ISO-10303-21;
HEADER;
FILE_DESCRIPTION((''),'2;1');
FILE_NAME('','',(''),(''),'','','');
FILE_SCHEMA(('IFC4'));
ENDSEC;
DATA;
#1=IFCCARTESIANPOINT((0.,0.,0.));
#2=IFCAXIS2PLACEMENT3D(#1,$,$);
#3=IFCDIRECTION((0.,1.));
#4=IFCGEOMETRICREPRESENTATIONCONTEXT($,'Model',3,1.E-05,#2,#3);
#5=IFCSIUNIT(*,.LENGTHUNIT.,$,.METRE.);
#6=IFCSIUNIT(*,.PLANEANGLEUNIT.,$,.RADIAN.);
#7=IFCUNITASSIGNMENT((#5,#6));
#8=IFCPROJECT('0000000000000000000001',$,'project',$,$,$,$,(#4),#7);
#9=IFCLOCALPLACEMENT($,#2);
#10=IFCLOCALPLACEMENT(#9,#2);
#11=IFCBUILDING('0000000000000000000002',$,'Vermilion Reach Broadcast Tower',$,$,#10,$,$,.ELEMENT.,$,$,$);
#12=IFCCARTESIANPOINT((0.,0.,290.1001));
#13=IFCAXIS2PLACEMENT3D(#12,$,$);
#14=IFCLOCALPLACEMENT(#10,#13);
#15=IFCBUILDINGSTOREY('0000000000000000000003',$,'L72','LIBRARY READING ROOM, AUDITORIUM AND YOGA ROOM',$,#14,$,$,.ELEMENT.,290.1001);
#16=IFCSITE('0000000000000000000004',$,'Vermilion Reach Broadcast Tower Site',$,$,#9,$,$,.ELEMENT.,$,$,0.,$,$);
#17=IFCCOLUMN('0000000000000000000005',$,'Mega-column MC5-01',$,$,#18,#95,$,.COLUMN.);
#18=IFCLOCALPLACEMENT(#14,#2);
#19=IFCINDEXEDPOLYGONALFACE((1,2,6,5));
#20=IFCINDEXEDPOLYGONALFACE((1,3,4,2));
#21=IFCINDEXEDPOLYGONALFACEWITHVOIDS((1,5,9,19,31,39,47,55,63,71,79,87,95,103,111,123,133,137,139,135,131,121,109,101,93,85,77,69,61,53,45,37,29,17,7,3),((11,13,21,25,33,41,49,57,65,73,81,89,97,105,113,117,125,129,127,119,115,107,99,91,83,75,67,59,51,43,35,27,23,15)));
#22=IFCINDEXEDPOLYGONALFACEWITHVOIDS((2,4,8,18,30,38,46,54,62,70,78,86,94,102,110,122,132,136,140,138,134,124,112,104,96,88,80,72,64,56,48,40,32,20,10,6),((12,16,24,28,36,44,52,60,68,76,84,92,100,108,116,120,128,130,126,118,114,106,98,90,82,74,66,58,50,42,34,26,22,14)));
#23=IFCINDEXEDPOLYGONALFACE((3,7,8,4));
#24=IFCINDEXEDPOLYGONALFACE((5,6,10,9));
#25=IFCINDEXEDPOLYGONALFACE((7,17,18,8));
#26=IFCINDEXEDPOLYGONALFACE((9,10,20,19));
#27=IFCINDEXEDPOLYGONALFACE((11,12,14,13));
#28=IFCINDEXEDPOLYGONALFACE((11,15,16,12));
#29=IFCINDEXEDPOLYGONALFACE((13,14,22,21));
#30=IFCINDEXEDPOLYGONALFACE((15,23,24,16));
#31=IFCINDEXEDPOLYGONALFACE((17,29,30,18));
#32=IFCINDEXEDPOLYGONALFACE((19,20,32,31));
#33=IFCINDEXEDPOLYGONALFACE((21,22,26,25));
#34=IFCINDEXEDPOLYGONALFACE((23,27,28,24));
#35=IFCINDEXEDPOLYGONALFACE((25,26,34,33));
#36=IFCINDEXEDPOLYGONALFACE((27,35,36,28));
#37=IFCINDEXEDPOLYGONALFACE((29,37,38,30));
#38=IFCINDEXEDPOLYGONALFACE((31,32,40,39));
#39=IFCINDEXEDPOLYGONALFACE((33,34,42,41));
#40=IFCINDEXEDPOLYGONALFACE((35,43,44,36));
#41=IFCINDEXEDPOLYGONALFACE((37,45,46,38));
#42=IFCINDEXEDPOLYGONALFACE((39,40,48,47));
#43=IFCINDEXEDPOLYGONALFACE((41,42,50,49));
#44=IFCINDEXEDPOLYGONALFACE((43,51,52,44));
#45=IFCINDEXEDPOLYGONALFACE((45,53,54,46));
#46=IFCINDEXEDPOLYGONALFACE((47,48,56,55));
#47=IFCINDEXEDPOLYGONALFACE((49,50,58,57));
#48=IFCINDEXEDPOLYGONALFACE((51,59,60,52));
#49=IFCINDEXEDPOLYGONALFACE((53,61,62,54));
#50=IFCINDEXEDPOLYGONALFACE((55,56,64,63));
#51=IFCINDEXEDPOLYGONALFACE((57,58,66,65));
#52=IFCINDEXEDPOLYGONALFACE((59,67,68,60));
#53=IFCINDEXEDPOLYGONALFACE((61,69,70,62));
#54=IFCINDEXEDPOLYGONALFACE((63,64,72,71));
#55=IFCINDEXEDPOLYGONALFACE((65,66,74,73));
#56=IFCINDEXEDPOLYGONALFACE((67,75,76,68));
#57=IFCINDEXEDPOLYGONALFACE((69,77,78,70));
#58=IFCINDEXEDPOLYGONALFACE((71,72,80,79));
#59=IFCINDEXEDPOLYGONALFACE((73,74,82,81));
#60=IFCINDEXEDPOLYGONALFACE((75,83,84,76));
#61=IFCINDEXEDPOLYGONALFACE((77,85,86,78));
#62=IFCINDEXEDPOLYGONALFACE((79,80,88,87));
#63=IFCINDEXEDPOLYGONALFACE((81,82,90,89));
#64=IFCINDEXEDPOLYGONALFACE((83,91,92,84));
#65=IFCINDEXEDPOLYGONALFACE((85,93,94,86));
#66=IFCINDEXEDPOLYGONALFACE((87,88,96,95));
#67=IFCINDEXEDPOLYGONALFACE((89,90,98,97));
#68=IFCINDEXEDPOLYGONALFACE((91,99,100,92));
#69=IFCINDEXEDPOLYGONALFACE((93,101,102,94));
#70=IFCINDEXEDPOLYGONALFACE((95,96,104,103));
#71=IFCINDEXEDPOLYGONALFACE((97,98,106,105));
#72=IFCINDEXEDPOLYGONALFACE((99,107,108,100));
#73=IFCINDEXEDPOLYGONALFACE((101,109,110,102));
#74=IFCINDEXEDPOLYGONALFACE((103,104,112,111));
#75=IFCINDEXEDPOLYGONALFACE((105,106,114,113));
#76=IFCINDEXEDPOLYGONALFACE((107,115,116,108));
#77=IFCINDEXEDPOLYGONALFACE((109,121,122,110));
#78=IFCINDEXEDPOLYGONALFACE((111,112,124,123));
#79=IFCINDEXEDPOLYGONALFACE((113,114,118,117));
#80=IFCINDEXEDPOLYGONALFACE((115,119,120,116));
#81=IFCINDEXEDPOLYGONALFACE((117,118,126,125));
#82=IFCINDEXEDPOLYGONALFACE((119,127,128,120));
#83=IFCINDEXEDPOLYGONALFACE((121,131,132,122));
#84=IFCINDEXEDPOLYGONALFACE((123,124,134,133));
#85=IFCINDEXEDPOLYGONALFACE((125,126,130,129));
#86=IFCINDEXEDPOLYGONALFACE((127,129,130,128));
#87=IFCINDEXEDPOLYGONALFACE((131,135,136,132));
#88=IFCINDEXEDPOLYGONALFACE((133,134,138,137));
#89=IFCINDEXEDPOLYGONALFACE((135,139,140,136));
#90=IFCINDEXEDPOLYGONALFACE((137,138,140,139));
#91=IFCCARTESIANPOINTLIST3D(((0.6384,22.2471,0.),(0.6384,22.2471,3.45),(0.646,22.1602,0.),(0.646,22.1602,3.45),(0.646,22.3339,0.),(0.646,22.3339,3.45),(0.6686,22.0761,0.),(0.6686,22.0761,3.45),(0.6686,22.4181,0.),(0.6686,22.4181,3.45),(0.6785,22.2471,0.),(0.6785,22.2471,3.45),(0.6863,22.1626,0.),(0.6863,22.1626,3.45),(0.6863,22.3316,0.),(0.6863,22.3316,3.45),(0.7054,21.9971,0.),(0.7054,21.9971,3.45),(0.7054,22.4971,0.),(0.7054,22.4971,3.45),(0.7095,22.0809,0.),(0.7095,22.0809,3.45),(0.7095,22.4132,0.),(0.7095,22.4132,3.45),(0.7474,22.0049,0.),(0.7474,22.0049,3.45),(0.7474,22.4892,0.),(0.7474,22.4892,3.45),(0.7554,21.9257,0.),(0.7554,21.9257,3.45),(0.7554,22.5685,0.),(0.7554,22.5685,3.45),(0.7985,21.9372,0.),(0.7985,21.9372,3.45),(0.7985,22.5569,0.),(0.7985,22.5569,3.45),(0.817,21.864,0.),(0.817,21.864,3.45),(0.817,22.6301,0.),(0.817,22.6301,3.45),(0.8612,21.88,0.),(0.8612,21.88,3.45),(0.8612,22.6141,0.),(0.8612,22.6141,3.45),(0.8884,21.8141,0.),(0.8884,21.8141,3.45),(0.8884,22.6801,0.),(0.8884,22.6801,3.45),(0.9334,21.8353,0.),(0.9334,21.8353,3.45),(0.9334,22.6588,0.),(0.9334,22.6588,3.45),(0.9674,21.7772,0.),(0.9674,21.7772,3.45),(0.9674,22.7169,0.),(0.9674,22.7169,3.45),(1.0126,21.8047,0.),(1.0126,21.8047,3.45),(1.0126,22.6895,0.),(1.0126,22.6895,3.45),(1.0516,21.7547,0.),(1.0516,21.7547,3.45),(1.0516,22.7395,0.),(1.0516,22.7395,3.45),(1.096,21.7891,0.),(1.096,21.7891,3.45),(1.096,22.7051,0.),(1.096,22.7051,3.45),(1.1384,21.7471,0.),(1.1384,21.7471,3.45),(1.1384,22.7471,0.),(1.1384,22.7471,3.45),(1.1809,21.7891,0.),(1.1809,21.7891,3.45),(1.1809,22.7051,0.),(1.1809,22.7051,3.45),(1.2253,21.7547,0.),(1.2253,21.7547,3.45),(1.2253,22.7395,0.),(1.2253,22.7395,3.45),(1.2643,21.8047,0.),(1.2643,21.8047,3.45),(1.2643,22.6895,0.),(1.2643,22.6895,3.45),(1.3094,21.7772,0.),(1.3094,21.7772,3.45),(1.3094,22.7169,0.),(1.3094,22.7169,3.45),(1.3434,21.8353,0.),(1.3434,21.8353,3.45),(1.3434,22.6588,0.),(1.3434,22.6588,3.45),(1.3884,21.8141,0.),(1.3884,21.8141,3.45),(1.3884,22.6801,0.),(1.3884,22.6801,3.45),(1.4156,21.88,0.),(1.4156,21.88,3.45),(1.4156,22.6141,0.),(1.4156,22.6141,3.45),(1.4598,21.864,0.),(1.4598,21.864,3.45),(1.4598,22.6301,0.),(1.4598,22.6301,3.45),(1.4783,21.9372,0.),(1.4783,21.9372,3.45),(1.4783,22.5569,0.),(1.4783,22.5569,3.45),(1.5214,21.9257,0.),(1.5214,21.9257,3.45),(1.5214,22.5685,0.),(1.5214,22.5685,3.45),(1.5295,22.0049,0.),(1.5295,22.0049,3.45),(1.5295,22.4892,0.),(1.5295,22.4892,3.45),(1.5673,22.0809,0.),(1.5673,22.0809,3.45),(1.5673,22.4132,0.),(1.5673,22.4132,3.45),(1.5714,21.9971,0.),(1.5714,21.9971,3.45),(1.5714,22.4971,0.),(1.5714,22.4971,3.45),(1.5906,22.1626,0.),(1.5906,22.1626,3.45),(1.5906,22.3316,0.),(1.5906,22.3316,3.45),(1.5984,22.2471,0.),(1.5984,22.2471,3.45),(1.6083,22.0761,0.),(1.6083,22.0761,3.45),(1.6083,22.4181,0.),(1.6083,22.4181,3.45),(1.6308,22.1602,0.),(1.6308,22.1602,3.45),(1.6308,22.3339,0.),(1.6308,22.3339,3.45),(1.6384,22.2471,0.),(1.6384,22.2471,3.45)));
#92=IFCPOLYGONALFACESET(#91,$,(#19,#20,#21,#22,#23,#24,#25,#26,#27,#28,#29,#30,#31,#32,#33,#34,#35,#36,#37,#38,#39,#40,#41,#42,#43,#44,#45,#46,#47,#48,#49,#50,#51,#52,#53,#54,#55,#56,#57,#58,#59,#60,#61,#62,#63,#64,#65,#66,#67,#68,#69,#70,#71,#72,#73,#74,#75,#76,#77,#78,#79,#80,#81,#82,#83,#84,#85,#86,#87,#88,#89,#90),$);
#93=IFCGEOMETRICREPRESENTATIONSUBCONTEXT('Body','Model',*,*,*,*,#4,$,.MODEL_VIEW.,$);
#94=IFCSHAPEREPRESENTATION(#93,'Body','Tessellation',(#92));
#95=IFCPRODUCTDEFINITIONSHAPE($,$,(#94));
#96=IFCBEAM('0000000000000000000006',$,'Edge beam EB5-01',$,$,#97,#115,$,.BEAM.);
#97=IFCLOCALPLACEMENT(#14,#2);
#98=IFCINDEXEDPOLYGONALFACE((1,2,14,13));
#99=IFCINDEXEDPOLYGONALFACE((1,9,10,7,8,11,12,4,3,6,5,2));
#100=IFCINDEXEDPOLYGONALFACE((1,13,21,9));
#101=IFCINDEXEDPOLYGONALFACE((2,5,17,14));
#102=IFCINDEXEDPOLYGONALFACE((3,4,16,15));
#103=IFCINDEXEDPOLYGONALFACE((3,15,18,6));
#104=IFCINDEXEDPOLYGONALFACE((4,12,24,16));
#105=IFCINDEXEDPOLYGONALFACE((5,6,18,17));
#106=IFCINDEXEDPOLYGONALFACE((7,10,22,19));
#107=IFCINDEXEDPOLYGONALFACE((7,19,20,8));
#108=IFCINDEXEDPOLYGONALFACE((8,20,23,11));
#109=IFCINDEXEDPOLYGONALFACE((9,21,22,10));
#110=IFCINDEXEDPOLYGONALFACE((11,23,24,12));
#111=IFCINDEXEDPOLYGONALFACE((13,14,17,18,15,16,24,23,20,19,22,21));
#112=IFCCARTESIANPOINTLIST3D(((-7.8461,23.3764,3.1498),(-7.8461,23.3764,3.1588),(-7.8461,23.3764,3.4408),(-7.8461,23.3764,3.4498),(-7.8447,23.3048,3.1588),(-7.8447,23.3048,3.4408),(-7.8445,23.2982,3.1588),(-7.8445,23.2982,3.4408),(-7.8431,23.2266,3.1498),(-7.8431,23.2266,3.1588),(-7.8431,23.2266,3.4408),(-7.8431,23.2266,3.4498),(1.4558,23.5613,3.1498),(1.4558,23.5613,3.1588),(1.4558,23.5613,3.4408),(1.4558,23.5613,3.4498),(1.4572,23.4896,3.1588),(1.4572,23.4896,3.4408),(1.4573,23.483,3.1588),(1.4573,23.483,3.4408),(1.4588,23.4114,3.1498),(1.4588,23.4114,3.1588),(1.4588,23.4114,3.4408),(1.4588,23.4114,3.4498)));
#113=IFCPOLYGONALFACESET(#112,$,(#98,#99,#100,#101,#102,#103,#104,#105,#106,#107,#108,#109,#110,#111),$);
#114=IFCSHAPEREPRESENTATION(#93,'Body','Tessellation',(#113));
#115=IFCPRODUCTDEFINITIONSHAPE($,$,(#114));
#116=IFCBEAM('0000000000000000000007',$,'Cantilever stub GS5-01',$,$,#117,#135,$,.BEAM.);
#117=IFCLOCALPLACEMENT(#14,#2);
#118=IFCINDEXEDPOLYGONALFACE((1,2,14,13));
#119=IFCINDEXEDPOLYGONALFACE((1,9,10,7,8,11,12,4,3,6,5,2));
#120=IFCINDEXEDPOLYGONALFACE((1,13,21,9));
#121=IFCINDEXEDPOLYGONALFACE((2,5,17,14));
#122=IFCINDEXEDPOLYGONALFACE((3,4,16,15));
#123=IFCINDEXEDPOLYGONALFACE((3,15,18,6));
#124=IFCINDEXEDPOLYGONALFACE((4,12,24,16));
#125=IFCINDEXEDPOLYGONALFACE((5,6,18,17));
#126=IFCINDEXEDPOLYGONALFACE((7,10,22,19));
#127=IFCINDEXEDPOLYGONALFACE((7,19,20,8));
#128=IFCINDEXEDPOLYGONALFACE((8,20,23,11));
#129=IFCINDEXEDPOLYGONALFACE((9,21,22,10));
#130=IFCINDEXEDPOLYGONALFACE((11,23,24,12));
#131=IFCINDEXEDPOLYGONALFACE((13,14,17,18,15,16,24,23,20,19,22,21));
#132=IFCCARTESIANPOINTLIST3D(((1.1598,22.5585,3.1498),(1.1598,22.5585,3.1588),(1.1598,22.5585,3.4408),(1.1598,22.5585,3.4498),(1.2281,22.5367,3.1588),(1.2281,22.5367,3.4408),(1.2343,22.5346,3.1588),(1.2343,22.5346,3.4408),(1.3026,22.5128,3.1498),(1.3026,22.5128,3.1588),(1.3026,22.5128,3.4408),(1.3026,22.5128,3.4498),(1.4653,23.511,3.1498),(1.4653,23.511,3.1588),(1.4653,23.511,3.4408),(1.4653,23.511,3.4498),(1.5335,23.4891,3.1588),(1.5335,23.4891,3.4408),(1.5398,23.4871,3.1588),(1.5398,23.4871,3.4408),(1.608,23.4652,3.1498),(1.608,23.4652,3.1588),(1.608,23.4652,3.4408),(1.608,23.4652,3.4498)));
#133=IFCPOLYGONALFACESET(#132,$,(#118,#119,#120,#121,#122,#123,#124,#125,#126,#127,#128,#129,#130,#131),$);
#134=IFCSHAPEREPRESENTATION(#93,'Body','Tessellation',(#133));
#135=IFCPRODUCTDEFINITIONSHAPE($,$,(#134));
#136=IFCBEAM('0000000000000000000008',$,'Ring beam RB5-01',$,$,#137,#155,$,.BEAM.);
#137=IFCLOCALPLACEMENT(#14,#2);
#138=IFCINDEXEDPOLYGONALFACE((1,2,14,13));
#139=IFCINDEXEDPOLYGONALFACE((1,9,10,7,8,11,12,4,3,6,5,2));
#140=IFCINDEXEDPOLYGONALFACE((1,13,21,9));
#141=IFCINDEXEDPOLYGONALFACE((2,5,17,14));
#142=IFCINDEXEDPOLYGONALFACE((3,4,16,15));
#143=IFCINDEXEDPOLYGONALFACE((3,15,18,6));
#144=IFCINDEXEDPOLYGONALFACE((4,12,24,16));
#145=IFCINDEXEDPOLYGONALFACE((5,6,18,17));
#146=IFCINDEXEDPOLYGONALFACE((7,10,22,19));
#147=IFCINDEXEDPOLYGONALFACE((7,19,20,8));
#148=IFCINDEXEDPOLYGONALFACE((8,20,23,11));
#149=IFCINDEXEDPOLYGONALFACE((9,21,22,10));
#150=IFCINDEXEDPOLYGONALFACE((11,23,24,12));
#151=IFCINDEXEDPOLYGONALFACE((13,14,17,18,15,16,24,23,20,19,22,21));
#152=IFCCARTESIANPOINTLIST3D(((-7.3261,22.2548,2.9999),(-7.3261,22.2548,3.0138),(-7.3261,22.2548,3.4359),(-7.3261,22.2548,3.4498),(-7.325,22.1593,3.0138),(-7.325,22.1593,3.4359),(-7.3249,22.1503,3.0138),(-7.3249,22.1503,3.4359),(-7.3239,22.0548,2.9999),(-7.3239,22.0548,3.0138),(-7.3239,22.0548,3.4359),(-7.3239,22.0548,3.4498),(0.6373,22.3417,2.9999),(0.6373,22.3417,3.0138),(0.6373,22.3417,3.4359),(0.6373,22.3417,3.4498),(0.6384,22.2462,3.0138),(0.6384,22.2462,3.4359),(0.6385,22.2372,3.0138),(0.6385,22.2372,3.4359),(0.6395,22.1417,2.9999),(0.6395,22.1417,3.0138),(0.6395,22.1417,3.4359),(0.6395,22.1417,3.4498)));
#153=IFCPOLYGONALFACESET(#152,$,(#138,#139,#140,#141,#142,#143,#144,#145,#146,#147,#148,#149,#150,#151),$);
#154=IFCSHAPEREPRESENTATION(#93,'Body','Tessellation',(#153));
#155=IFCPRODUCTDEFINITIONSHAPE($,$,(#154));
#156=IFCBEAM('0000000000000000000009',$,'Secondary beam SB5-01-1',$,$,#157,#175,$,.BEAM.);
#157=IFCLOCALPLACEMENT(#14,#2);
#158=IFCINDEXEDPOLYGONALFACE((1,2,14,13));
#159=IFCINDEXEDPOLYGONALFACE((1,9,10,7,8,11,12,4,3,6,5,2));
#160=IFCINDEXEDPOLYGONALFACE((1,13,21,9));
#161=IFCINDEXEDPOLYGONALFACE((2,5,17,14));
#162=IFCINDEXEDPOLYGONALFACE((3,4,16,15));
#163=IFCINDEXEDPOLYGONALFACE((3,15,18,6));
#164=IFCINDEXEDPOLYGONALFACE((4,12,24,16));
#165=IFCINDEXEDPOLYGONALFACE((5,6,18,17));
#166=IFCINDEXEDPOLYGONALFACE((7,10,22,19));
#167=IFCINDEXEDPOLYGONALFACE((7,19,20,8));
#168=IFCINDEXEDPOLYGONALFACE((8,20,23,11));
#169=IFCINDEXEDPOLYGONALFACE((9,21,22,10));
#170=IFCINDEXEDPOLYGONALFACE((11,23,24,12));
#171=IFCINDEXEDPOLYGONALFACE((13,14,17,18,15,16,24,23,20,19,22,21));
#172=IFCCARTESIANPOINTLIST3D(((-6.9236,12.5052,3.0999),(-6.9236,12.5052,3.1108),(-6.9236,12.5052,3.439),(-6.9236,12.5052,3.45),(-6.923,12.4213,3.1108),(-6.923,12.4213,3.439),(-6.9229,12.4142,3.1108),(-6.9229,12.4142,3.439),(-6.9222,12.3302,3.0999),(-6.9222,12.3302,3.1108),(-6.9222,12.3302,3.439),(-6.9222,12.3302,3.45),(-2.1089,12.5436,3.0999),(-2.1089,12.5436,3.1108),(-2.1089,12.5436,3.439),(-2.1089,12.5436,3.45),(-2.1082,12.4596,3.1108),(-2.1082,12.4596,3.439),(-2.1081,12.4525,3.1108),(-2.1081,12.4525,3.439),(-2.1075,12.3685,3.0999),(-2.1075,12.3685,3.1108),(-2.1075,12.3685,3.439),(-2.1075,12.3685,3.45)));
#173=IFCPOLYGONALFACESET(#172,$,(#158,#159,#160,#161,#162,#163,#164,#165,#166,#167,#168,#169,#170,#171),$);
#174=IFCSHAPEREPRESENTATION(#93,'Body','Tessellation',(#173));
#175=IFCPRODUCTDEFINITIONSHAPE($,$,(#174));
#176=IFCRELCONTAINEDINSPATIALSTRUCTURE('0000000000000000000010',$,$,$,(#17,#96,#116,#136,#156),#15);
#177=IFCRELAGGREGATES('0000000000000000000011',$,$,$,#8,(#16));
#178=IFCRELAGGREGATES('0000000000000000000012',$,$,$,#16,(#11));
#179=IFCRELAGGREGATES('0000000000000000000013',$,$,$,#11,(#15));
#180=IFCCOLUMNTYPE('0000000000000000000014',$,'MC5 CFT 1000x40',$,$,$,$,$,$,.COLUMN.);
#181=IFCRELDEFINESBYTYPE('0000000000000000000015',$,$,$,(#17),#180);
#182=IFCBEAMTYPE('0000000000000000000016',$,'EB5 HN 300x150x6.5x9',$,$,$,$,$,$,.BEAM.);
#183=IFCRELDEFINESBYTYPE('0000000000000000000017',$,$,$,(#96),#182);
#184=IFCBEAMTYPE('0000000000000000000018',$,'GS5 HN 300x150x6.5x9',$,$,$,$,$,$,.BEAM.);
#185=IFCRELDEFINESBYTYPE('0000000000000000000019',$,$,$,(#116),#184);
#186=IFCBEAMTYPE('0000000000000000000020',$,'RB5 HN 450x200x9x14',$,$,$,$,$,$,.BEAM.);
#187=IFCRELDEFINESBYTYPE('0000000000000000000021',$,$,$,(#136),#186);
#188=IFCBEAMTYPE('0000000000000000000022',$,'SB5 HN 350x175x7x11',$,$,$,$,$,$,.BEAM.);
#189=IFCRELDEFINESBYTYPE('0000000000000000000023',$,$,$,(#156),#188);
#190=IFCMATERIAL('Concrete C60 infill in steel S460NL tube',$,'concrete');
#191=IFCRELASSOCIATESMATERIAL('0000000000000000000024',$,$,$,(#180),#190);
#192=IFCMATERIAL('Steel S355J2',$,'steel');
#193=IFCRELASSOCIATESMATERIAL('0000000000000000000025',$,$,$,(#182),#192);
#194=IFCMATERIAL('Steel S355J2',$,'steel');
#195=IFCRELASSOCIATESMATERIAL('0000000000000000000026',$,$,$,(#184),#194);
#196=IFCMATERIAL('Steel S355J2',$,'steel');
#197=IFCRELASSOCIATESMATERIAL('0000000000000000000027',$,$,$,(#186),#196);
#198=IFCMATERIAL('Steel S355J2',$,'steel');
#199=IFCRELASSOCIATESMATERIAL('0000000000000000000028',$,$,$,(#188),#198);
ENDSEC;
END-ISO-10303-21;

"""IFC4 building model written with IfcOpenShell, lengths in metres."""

from ifc_helpers import new_model, si_unit, direction, frame, origin, origin_2d, place, context, subcontext, project, spatial, hollow_circle, i_section, extrude, material, material_profile, profile_set, type_object, element, save


model = new_model("IFC4")

# Units and contexts
model_context = context("Model", 3, precision=1e-05, world=origin(), true_north=direction((0.0, 1.0)))
body_context = subcontext(model_context, "Body", "Model", "MODEL_VIEW")
ifc_project = project(units=[si_unit("LENGTHUNIT", "METRE"), si_unit("PLANEANGLEUNIT", "RADIAN")], contexts=[model_context])

# Site, building, storey
site_placement = place(None, origin())
site = spatial("IfcSite", under=ifc_project, at=site_placement, Name="Vermilion Reach Broadcast Tower Site", CompositionType="ELEMENT", RefElevation=0.0)
building_placement = place(site_placement, origin())
building = spatial("IfcBuilding", under=site, at=building_placement, Name="Vermilion Reach Broadcast Tower", CompositionType="ELEMENT")
storey_placement = place(building_placement, frame((0.0, 0.0, 290.1001)))
storey = spatial("IfcBuildingStorey", under=building, at=storey_placement, Name="L72", Description="LIBRARY READING ROOM, AUDITORIUM AND YOGA ROOM", CompositionType="ELEMENT", Elevation=290.1001)

# Column
ifc_material_1 = material(Name="Concrete C60 infill in steel S460NL tube", Category="concrete")
ifc_material_profile_1 = material_profile(ifc_material_1, hollow_circle(Radius=0.5, WallThickness=0.04, at=origin_2d()), Name="Concrete C60 infill in steel S460NL tube CFT 1000x40")
ifc_profile_set_1 = profile_set([ifc_material_profile_1], Name="Concrete C60 infill in steel S460NL tube")
column_type = type_object("IfcColumnType", Name="MC5 CFT 1000x40", PredefinedType="COLUMN", material=ifc_profile_set_1)
column_placement = place(storey_placement, frame((1.1384, 22.2471, 0.0), z_axis=(0.0, 0.0, 1.0), x_axis=(1.0, 0.0, 0.0)))
element("IfcColumn", 1, at=column_placement, inside=storey, type_object=column_type, Name="Mega-column MC5-01", PredefinedType="COLUMN", context=body_context, shape_type="SweptSolid", body=[
    extrude(hollow_circle(Radius=0.5, WallThickness=0.04, at=origin_2d()), origin(), (0.0, 0.0, 1.0), 3.45),
])

# Beams
ifc_material_2 = material(Name="Steel S355J2", Category="steel")
ifc_material_profile_2 = material_profile(ifc_material_2, i_section(OverallWidth=0.1499, OverallDepth=0.3, WebThickness=0.0066, FlangeThickness=0.009, at=origin_2d()), Name="S355J2 HN 300x150x6.5x9")
ifc_profile_set_2 = profile_set([ifc_material_profile_2], Name="Steel S355J2")
beam_type_1 = type_object("IfcBeamType", Name="EB5 HN 300x150x6.5x9", PredefinedType="BEAM", material=ifc_profile_set_2)
beam_1_placement = place(storey_placement, frame((1.4573, 23.4863, 3.2998), z_axis=(-0.999803, -0.019865, 0.0), x_axis=(0.019865, -0.999803, 0.0)))
element("IfcBeam", 2, at=beam_1_placement, inside=storey, type_object=beam_type_1, Name="Edge beam EB5-01", PredefinedType="BEAM", context=body_context, shape_type="SweptSolid", body=[
    extrude(i_section(OverallWidth=0.1499, OverallDepth=0.3, WebThickness=0.0066, FlangeThickness=0.009, at=origin_2d()), origin(), (0.0, 0.0, 1.0), 9.3037),
])
ifc_material_3 = material(Name="Steel S355J2", Category="steel")
ifc_material_profile_3 = material_profile(ifc_material_3, i_section(OverallWidth=0.1499, OverallDepth=0.3, WebThickness=0.0066, FlangeThickness=0.009, at=origin_2d()), Name="S355J2 HN 300x150x6.5x9")
ifc_profile_set_3 = profile_set([ifc_material_profile_3], Name="Steel S355J2")
beam_type_2 = type_object("IfcBeamType", Name="GS5 HN 300x150x6.5x9", PredefinedType="BEAM", material=ifc_profile_set_3)
beam_2_placement = place(storey_placement, frame((1.2312, 22.5356, 3.2998), z_axis=(0.305369, 0.952234, 0.0), x_axis=(-0.952234, 0.305369, 0.0)))
element("IfcBeam", 3, at=beam_2_placement, inside=storey, type_object=beam_type_2, Name="Cantilever stub GS5-01", PredefinedType="BEAM", context=body_context, shape_type="SweptSolid", body=[
    extrude(i_section(OverallWidth=0.1499, OverallDepth=0.3, WebThickness=0.0066, FlangeThickness=0.009, at=origin_2d()), origin(), (0.0, 0.0, 1.0), 1.0002),
])
ifc_material_4 = material(Name="Steel S355J2", Category="steel")
ifc_material_profile_4 = material_profile(ifc_material_4, i_section(OverallWidth=0.2, OverallDepth=0.45, WebThickness=0.009, FlangeThickness=0.0139, at=origin_2d()), Name="S355J2 HN 450x200x9x14")
ifc_profile_set_4 = profile_set([ifc_material_profile_4], Name="Steel S355J2")
beam_type_3 = type_object("IfcBeamType", Name="RB5 HN 450x200x9x14", PredefinedType="BEAM", material=ifc_profile_set_4)
beam_3_placement = place(storey_placement, frame((0.6384, 22.2417, 3.2249), z_axis=(-0.99994, -0.010914, 0.0), x_axis=(0.010914, -0.99994, 0.0)))
element("IfcBeam", 4, at=beam_3_placement, inside=storey, type_object=beam_type_3, Name="Ring beam RB5-01", PredefinedType="BEAM", context=body_context, shape_type="SweptSolid", body=[
    extrude(i_section(OverallWidth=0.2, OverallDepth=0.45, WebThickness=0.009, FlangeThickness=0.0139, at=origin_2d()), origin(), (0.0, 0.0, 1.0), 7.9639),
])
ifc_material_5 = material(Name="Steel S355J2", Category="steel")
ifc_material_profile_5 = material_profile(ifc_material_5, i_section(OverallWidth=0.175, OverallDepth=0.3501, WebThickness=0.0071, FlangeThickness=0.011, at=origin_2d()), Name="S355J2 HN 350x175x7x11")
ifc_profile_set_5 = profile_set([ifc_material_profile_5], Name="Steel S355J2")
beam_type_4 = type_object("IfcBeamType", Name="SB5 HN 350x175x7x11", PredefinedType="BEAM", material=ifc_profile_set_5)
beam_4_placement = place(storey_placement, frame((-2.1082, 12.4561, 3.2749), z_axis=(-0.999968, -0.007961, 0.0), x_axis=(0.007961, -0.999968, 0.0)))
element("IfcBeam", 5, at=beam_4_placement, inside=storey, type_object=beam_type_4, Name="Secondary beam SB5-01-1", PredefinedType="BEAM", context=body_context, shape_type="SweptSolid", body=[
    extrude(i_section(OverallWidth=0.175, OverallDepth=0.3501, WebThickness=0.0071, FlangeThickness=0.011, at=origin_2d()), origin(), (0.0, 0.0, 1.0), 4.8149),
])

save(model, "model.ifc")
